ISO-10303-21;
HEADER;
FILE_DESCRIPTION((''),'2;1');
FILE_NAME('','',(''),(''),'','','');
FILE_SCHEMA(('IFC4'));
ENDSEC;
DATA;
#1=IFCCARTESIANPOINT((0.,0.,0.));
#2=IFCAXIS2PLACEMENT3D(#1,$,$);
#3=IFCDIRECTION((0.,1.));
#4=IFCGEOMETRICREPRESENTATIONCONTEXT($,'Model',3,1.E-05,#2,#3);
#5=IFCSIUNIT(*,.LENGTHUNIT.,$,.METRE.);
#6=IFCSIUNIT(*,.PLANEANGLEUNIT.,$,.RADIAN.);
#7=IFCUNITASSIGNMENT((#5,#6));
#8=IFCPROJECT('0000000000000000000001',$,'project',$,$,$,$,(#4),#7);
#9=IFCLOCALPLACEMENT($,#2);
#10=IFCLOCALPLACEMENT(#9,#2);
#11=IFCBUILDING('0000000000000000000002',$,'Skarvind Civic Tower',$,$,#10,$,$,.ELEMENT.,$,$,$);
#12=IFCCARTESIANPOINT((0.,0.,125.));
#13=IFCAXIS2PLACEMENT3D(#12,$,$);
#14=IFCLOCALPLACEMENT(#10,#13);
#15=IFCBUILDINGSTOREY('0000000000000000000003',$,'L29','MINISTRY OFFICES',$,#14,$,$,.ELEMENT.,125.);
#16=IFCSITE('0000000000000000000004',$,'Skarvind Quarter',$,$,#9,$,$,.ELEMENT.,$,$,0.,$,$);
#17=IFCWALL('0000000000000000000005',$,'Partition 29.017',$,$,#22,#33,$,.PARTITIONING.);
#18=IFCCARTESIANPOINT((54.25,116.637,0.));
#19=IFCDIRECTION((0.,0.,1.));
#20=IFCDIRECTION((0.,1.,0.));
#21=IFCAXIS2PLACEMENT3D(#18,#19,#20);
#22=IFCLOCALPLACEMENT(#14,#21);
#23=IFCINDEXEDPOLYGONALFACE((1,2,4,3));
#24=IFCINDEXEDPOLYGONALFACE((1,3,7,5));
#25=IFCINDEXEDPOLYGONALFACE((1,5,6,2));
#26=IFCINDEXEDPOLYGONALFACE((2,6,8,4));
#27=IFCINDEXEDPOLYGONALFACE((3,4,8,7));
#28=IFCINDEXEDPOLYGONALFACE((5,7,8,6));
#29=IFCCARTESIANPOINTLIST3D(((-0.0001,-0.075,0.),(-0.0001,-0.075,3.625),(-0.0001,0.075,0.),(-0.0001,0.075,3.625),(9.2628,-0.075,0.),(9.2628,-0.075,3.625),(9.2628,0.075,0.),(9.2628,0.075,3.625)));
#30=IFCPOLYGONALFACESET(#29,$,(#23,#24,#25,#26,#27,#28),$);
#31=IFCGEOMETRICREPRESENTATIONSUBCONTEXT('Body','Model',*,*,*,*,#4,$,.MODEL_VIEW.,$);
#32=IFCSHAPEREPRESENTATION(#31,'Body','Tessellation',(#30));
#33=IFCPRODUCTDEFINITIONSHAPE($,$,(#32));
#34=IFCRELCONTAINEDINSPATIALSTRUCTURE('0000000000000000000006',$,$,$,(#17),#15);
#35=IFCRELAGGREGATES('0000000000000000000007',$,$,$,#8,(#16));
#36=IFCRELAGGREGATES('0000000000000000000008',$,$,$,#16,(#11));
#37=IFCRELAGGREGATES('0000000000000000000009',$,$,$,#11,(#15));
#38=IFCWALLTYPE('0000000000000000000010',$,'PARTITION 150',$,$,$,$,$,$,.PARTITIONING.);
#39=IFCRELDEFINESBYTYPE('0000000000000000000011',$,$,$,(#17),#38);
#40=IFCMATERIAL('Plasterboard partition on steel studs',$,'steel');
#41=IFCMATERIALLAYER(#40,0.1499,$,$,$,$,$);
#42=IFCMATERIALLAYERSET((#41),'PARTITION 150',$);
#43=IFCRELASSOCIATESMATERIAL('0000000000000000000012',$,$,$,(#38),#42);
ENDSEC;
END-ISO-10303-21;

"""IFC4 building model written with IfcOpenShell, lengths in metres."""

from ifc_helpers import new_model, si_unit, direction, frame, frame_2d, origin, place, context, subcontext, project, spatial, rectangle, extrude, material, layer, layer_set, type_object, element, save


model = new_model("IFC4")

# Units and contexts
model_context = context("Model", 3, precision=1e-05, world=origin(), true_north=direction((0.0, 1.0)))
body_context = subcontext(model_context, "Body", "Model", "MODEL_VIEW")
ifc_project = project(units=[si_unit("LENGTHUNIT", "METRE"), si_unit("PLANEANGLEUNIT", "RADIAN")], contexts=[model_context])

# Site, building, storey
site_placement = place(None, origin())
site = spatial("IfcSite", under=ifc_project, at=site_placement, Name="Skarvind Quarter", CompositionType="ELEMENT", RefElevation=0.0)
building_placement = place(site_placement, origin())
building = spatial("IfcBuilding", under=site, at=building_placement, Name="Skarvind Civic Tower", CompositionType="ELEMENT")
storey_placement = place(building_placement, frame((0.0, 0.0, 125.0)))
storey = spatial("IfcBuildingStorey", under=building, at=storey_placement, Name="L29", Description="MINISTRY OFFICES", CompositionType="ELEMENT", Elevation=125.0)

# Wall
ifc_material_1 = material(Name="Plasterboard partition on steel studs", Category="steel")
ifc_layer_1 = layer(ifc_material_1, 0.1499)
ifc_layer_set_1 = layer_set([ifc_layer_1], Name="PARTITION 150")
wall_type_1 = type_object("IfcWallType", Name="PARTITION 150", PredefinedType="PARTITIONING", material=ifc_layer_set_1)
wall_1_placement = place(storey_placement, frame((54.25, 116.637, 0.0), z_axis=(0.0, 0.0, 1.0), x_axis=(0.0, 1.0, 0.0)))
element("IfcWall", 1, at=wall_1_placement, inside=storey, type_object=wall_type_1, Name="Partition 29.017", PredefinedType="PARTITIONING", context=body_context, shape_type="SweptSolid", body=[
    extrude(rectangle(XDim=9.2629, YDim=0.1499, at=frame_2d((4.6313, 0.0))), origin(), (0.0, 0.0, 1.0), 3.625),
])

save(model, "model.ifc")
